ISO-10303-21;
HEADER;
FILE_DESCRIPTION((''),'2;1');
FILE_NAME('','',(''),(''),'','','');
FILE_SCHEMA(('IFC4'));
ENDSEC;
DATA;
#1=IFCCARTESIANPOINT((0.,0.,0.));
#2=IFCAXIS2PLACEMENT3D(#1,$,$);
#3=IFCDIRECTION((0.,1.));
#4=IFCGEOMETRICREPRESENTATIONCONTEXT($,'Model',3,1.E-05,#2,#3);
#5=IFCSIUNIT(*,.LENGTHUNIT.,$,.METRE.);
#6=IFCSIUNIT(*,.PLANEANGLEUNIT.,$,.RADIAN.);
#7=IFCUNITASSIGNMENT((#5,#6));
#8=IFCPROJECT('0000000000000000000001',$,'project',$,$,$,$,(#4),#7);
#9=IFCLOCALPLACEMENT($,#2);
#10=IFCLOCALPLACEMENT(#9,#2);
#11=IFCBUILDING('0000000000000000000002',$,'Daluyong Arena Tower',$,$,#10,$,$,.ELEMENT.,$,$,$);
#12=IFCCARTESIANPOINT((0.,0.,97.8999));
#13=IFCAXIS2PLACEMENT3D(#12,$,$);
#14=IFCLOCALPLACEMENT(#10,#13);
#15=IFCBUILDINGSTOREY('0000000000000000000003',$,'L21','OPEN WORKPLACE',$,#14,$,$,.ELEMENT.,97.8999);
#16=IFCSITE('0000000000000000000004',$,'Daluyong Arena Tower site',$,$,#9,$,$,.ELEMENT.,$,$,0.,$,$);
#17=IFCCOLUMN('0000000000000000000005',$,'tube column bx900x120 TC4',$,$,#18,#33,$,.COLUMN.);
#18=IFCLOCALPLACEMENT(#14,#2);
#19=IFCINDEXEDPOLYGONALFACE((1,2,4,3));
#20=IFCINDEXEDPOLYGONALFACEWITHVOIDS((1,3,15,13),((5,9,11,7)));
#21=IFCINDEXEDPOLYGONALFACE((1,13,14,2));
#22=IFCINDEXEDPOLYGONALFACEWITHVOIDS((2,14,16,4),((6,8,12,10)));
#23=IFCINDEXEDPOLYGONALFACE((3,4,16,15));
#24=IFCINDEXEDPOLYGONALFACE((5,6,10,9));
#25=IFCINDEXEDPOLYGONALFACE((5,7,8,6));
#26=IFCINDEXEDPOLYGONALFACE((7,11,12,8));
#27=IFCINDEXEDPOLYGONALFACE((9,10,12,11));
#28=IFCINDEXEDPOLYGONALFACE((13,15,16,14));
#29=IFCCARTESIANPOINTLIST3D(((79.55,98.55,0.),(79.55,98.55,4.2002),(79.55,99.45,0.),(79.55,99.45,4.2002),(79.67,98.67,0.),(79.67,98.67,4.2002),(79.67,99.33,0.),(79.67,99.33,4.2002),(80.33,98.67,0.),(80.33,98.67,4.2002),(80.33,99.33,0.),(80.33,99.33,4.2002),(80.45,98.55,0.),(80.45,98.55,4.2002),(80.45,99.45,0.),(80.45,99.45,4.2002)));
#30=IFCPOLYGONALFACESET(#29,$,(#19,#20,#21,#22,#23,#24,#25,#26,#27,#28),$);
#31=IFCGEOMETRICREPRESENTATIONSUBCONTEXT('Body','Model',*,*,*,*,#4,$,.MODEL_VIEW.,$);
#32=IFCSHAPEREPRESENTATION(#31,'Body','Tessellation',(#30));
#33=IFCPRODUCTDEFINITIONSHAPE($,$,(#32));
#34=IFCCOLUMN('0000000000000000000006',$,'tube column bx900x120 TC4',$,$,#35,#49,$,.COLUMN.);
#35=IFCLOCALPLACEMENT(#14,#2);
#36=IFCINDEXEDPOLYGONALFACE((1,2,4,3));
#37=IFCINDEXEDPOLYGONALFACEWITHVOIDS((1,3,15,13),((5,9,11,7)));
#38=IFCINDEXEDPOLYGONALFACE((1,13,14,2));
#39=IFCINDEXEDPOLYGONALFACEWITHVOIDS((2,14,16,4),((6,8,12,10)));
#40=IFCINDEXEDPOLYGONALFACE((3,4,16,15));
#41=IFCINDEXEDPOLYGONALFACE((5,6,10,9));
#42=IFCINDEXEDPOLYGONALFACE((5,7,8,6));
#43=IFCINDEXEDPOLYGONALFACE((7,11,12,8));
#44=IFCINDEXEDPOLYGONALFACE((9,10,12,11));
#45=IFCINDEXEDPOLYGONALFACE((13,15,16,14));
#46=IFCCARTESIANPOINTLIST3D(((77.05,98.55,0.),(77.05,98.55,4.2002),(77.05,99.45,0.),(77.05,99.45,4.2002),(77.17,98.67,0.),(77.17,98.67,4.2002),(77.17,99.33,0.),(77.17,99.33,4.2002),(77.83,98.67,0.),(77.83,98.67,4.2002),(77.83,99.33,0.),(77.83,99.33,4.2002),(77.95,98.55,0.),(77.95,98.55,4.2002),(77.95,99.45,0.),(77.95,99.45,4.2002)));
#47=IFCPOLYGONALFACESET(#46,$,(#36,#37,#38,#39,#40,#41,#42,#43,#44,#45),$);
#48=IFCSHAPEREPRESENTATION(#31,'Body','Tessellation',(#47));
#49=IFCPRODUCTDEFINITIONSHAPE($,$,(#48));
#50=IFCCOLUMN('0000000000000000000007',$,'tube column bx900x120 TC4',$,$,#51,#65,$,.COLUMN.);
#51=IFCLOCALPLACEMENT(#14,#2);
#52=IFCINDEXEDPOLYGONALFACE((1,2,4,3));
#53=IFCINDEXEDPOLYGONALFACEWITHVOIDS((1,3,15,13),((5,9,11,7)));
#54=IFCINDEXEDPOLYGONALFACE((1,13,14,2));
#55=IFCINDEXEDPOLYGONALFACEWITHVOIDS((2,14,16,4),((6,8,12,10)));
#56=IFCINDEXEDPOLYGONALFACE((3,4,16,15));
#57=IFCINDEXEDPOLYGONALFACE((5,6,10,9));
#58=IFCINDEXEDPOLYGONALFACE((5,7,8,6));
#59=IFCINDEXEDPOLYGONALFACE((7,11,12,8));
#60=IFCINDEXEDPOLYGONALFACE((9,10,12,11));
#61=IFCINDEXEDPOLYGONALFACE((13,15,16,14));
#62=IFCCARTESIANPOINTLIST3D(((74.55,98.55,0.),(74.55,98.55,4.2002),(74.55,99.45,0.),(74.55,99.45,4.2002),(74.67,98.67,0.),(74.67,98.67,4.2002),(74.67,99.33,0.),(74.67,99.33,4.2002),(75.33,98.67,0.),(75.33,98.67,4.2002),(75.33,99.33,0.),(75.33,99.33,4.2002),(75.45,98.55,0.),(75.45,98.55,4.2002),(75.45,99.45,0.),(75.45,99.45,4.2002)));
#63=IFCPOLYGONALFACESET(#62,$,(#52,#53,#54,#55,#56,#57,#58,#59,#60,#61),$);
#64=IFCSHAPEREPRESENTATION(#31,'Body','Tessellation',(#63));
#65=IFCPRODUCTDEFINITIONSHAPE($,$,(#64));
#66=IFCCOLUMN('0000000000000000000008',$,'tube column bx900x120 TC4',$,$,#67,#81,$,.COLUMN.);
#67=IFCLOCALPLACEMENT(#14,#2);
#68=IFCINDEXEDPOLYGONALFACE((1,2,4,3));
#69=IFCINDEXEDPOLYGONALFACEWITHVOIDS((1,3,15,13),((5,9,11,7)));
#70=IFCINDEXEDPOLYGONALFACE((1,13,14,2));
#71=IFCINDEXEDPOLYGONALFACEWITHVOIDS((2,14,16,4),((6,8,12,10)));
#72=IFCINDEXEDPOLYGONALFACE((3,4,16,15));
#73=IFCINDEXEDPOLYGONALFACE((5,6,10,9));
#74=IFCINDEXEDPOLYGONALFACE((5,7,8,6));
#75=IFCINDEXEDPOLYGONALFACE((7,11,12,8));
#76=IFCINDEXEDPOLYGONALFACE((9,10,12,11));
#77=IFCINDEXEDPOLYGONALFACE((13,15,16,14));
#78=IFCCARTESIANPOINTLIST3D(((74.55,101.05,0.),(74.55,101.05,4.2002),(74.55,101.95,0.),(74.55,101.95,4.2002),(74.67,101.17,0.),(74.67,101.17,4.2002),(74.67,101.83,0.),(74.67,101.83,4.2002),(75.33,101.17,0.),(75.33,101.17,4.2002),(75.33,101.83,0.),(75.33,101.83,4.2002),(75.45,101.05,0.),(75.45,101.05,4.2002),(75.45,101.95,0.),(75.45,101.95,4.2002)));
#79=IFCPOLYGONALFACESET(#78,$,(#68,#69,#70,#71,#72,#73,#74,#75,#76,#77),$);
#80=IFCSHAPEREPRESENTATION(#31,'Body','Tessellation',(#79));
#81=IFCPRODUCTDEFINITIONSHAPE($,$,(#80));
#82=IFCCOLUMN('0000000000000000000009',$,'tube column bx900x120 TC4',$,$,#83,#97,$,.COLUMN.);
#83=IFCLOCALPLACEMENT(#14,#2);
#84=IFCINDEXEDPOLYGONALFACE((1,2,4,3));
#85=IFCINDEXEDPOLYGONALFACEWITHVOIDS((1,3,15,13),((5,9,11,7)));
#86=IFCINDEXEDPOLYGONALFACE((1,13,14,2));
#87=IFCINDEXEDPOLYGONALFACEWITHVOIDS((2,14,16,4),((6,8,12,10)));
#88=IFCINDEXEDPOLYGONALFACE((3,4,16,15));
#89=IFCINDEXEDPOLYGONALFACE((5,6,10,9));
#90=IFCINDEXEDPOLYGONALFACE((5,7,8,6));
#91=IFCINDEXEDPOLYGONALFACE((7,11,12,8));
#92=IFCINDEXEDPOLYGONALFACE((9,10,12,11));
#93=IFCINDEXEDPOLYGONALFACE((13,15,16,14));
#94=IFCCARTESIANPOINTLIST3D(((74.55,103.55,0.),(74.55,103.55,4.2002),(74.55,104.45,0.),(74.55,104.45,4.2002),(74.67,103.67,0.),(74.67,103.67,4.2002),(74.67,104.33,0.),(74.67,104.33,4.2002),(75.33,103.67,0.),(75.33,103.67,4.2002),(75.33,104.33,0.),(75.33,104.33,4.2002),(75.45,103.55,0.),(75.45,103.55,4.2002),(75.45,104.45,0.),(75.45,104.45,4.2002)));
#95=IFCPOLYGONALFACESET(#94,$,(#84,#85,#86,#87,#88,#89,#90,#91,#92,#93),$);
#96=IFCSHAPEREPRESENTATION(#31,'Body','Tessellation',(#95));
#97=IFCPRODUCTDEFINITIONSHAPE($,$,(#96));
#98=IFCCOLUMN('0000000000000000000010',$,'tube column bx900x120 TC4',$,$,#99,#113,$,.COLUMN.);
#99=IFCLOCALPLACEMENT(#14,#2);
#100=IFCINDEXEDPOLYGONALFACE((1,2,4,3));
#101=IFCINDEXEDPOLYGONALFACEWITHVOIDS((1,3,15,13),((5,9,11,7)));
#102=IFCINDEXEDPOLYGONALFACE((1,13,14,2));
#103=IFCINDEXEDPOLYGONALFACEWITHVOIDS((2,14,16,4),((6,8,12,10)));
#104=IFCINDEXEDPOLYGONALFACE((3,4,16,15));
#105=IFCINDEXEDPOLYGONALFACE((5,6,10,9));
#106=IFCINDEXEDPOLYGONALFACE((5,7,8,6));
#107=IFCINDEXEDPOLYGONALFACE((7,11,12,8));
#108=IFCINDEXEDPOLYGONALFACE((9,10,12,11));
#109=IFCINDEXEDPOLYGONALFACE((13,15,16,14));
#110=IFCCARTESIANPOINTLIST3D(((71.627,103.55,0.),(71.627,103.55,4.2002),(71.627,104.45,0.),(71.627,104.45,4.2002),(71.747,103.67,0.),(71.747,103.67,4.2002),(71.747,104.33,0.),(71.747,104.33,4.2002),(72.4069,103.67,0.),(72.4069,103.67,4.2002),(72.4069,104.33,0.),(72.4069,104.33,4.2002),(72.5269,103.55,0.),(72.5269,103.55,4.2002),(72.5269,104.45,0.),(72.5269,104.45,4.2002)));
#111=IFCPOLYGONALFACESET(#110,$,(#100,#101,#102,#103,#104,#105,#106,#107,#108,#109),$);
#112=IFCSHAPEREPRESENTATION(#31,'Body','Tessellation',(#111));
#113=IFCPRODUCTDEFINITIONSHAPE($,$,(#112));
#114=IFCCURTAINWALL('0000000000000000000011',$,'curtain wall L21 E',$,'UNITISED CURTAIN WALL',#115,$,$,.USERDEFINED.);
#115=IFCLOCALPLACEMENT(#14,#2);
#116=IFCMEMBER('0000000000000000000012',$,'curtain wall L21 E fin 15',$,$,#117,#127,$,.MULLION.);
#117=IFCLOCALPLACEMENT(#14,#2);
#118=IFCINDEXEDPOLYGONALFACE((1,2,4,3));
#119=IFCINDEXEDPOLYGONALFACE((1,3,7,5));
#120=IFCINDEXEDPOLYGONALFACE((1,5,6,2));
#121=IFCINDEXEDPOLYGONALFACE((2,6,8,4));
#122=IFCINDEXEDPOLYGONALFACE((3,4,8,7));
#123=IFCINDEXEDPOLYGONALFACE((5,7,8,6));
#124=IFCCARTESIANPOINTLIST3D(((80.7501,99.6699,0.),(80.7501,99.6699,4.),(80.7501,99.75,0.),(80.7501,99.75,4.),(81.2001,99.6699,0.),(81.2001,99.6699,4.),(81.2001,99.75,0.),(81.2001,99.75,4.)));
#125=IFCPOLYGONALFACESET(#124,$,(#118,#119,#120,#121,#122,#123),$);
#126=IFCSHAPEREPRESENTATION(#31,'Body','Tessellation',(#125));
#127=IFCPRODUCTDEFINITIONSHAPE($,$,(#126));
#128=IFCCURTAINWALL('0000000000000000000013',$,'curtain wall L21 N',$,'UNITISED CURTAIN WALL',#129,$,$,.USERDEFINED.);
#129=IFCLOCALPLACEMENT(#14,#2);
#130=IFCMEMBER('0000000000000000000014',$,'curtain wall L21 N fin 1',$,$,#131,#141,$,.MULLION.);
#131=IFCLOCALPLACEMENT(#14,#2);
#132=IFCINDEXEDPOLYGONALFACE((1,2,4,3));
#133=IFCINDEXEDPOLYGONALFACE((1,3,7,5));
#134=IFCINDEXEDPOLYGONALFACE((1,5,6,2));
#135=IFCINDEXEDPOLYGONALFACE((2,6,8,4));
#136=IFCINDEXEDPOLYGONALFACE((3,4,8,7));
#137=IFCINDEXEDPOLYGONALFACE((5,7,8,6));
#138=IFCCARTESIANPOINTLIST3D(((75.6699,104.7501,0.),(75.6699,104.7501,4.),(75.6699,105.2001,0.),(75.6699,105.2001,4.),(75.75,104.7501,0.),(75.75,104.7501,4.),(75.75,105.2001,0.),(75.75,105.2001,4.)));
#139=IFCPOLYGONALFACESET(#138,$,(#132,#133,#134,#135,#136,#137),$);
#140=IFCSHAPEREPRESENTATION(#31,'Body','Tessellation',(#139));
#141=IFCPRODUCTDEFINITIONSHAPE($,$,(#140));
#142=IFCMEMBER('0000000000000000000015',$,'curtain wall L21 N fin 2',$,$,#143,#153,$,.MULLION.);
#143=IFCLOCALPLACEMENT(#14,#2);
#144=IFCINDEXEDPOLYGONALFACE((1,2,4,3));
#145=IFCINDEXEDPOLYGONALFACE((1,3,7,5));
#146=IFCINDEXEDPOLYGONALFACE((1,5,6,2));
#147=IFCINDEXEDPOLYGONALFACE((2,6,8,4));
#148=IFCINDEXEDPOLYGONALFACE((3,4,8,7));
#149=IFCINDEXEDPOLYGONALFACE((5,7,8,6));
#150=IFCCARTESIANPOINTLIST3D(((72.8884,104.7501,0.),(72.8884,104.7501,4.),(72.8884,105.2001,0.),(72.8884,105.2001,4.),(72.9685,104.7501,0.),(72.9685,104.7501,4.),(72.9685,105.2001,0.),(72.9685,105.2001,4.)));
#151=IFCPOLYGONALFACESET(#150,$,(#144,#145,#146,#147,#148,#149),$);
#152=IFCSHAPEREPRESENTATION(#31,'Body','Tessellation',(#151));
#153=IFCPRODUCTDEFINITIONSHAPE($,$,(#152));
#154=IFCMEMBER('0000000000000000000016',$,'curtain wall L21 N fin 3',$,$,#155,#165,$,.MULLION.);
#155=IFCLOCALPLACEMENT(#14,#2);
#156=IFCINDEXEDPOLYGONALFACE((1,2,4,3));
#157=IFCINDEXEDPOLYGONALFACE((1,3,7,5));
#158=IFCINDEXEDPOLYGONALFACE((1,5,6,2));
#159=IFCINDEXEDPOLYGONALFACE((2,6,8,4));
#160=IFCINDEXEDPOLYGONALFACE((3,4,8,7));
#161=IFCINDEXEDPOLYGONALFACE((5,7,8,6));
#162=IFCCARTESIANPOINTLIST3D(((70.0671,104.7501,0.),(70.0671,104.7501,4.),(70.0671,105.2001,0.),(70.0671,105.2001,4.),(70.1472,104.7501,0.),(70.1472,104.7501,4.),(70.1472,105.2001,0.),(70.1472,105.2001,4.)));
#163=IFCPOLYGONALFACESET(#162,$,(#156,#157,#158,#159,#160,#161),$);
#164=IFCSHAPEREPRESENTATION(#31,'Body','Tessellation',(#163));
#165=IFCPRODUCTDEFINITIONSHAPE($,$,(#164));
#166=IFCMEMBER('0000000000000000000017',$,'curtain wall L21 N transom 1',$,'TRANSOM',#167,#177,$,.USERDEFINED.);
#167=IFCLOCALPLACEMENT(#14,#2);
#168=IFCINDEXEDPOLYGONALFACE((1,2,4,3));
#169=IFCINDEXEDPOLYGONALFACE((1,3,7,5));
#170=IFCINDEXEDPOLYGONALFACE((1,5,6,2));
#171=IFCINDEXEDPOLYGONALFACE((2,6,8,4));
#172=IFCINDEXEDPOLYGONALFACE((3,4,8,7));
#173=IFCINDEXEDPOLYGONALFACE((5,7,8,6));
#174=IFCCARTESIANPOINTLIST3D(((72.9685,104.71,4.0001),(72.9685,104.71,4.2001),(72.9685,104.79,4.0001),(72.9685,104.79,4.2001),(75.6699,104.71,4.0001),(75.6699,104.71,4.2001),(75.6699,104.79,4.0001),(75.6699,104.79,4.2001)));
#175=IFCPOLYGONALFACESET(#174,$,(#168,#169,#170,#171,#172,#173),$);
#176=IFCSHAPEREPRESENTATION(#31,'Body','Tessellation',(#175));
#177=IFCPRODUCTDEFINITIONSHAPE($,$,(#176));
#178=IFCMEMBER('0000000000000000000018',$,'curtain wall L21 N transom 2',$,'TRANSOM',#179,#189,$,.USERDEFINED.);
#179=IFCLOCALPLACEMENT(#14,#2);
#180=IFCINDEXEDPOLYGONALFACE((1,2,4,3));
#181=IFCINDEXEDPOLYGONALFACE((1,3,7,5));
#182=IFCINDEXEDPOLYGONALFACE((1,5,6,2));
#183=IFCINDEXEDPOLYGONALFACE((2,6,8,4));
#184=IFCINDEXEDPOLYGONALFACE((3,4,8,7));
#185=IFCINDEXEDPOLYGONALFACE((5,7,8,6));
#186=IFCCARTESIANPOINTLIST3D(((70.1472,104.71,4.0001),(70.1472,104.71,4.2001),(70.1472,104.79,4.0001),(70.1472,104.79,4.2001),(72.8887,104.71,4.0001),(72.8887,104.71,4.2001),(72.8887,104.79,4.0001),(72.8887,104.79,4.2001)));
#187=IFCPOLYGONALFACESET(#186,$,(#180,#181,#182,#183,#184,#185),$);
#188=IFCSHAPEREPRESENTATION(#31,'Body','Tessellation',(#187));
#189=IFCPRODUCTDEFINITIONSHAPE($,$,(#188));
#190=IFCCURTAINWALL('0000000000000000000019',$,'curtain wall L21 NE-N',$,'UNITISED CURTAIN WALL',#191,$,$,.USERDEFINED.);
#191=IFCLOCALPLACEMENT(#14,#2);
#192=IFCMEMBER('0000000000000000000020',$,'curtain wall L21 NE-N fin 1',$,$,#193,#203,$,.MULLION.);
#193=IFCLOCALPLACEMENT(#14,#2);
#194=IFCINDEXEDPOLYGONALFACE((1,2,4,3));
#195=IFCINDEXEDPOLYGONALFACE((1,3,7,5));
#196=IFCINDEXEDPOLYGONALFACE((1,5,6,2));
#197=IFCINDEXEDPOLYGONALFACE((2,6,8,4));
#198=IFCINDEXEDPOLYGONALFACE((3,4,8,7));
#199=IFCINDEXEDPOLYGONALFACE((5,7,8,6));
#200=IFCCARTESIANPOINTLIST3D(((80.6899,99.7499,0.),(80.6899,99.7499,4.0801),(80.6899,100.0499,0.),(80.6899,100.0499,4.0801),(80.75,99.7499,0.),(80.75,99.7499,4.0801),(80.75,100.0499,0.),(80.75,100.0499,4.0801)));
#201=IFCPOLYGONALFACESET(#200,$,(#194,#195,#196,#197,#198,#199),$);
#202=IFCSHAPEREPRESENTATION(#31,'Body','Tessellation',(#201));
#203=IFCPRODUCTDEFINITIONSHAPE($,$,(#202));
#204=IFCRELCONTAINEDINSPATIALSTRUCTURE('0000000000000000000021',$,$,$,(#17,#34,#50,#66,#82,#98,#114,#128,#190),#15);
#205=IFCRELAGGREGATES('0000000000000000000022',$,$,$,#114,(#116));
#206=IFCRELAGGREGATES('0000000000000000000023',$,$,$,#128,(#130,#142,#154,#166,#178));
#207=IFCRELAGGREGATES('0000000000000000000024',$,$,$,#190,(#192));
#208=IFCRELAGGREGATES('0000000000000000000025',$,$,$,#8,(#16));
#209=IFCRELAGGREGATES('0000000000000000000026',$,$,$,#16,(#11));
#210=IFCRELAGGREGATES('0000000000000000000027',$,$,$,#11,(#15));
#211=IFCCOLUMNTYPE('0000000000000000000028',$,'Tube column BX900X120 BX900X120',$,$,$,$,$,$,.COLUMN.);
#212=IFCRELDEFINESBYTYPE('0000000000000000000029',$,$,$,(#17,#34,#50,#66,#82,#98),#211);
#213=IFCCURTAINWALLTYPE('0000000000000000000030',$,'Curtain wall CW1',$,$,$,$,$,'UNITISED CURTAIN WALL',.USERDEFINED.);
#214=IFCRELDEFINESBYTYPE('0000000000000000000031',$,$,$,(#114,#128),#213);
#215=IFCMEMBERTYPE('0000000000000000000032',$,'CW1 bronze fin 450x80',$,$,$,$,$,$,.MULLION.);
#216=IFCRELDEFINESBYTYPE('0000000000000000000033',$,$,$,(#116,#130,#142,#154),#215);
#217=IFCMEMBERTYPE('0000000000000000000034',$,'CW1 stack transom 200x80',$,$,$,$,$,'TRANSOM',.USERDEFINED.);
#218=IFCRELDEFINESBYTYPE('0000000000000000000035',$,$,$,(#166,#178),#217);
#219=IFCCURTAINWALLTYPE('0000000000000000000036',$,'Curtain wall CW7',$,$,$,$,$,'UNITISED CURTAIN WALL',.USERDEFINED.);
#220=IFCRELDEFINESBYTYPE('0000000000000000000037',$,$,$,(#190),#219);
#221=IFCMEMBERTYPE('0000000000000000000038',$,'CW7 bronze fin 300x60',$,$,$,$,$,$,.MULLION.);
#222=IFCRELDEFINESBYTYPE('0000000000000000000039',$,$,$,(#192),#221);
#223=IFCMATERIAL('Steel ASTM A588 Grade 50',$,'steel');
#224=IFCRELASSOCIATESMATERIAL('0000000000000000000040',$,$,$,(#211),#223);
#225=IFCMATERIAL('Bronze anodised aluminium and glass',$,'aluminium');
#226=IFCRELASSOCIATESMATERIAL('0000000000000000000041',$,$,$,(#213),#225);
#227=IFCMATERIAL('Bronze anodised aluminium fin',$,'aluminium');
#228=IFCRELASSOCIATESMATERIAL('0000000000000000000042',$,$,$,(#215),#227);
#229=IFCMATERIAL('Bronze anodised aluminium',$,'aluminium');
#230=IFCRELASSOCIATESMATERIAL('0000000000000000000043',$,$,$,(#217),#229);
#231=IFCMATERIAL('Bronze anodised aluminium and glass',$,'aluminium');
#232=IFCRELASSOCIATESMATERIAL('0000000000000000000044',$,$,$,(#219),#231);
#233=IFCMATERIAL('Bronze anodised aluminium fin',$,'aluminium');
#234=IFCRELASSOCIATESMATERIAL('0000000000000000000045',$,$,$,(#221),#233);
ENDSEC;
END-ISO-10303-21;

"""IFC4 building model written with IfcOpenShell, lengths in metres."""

from ifc_helpers import new_model, si_unit, direction, frame, origin, origin_2d, place, context, subcontext, project, spatial, rectangle, hollow_rectangle, extrude, material, material_profile, profile_set, type_object, element, aggregate, save


model = new_model("IFC4")

# Units and contexts
model_context = context("Model", 3, precision=1e-05, world=origin(), true_north=direction((0.0, 1.0)))
body_context = subcontext(model_context, "Body", "Model", "MODEL_VIEW")
ifc_project = project(units=[si_unit("LENGTHUNIT", "METRE"), si_unit("PLANEANGLEUNIT", "RADIAN")], contexts=[model_context])

# Site, building, storey
site_placement = place(None, origin())
site = spatial("IfcSite", under=ifc_project, at=site_placement, Name="Daluyong Arena Tower site", CompositionType="ELEMENT", RefElevation=0.0)
building_placement = place(site_placement, origin())
building = spatial("IfcBuilding", under=site, at=building_placement, Name="Daluyong Arena Tower", CompositionType="ELEMENT")
storey_placement = place(building_placement, frame((0.0, 0.0, 97.8999)))
storey = spatial("IfcBuildingStorey", under=building, at=storey_placement, Name="L21", Description="OPEN WORKPLACE", CompositionType="ELEMENT", Elevation=97.8999)

# Columns
ifc_material_1 = material(Name="Steel ASTM A588 Grade 50", Category="steel")
ifc_material_profile_1 = material_profile(ifc_material_1, hollow_rectangle(XDim=0.8999, YDim=0.8999, WallThickness=0.12, at=origin_2d()))
ifc_profile_set_1 = profile_set([ifc_material_profile_1], Name="Steel ASTM A588 Grade 50")
column_type = type_object("IfcColumnType", Name="Tube column BX900X120 BX900X120", PredefinedType="COLUMN", material=ifc_profile_set_1)
for number, where, z_axis, x_axis, name in (
    (1, (80.0, 99.0, 0.0), (0.0, 0.0, 1.0), (1.0, 0.0, 0.0), "tube column bx900x120 TC4"),
    (2, (77.5, 99.0, 0.0), (0.0, 0.0, 1.0), (1.0, 0.0, 0.0), "tube column bx900x120 TC4"),
    (3, (75.0, 99.0, 0.0), (0.0, 0.0, 1.0), (0.0, 1.0, 0.0), "tube column bx900x120 TC4"),
    (4, (75.0, 101.5, 0.0), (0.0, 0.0, 1.0), (0.0, 1.0, 0.0), "tube column bx900x120 TC4"),
    (5, (75.0, 104.0, 0.0), (0.0, 0.0, 1.0), (1.0, 0.0, 0.0), "tube column bx900x120 TC4"),
    (6, (72.0769, 104.0, 0.0), (0.0, 0.0, 1.0), (1.0, 0.0, 0.0), "tube column bx900x120 TC4"),
):
    element("IfcColumn", number, at=place(storey_placement, frame(where, z_axis=z_axis, x_axis=x_axis)), inside=storey, type_object=column_type, Name=name, PredefinedType="COLUMN", context=body_context, shape_type="SweptSolid", body=[
        extrude(hollow_rectangle(XDim=0.8999, YDim=0.8999, WallThickness=0.12, at=origin_2d()), origin(), (0.0, 0.0, 1.0), 4.2002),
    ])

# Curtain wall, member
ifc_material_2 = material(Name="Bronze anodised aluminium and glass", Category="aluminium")
curtain_wall_type_1 = type_object("IfcCurtainWallType", Name="Curtain wall CW1", ElementType="UNITISED CURTAIN WALL", PredefinedType="USERDEFINED", material=ifc_material_2)
curtain_wall_1_placement = place(storey_placement, origin())
curtain_wall_1 = element("IfcCurtainWall", 7, at=curtain_wall_1_placement, inside=storey, type_object=curtain_wall_type_1, Name="curtain wall L21 E", ObjectType="UNITISED CURTAIN WALL", PredefinedType="USERDEFINED")
ifc_material_3 = material(Name="Bronze anodised aluminium fin", Category="aluminium")
ifc_material_profile_2 = material_profile(ifc_material_3, rectangle(XDim=0.45, YDim=0.0801, at=origin_2d()))
ifc_profile_set_2 = profile_set([ifc_material_profile_2], Name="Bronze anodised aluminium fin")
member_type_1 = type_object("IfcMemberType", Name="CW1 bronze fin 450x80", PredefinedType="MULLION", material=ifc_profile_set_2)
member_1_placement = place(storey_placement, frame((80.9751, 99.71, 0.0), z_axis=(0.0, 0.0, 1.0), x_axis=(-1.0, 0.0, 0.0)))
member_1 = element("IfcMember", 8, at=member_1_placement, type_object=member_type_1, Name="curtain wall L21 E fin 15", PredefinedType="MULLION", context=body_context, shape_type="SweptSolid", body=[
    extrude(rectangle(XDim=0.45, YDim=0.0801, at=origin_2d()), origin(), (0.0, 0.0, 1.0), 4.0),
])
aggregate(curtain_wall_1, [member_1])

# Curtain walls, members
curtain_wall_2_placement = place(storey_placement, origin())
curtain_wall_2 = element("IfcCurtainWall", 9, at=curtain_wall_2_placement, inside=storey, type_object=curtain_wall_type_1, Name="curtain wall L21 N", ObjectType="UNITISED CURTAIN WALL", PredefinedType="USERDEFINED")
member_2_placement = place(storey_placement, frame((75.71, 104.9751, 0.0), z_axis=(0.0, 0.0, 1.0), x_axis=(0.0, -1.0, 0.0)))
member_2 = element("IfcMember", 10, at=member_2_placement, type_object=member_type_1, Name="curtain wall L21 N fin 1", PredefinedType="MULLION", context=body_context, shape_type="SweptSolid", body=[
    extrude(rectangle(XDim=0.45, YDim=0.0801, at=origin_2d()), origin(), (0.0, 0.0, 1.0), 4.0),
])
member_3_placement = place(storey_placement, frame((72.9285, 104.9751, 0.0), z_axis=(0.0, 0.0, 1.0), x_axis=(0.0, -1.0, 0.0)))
member_3 = element("IfcMember", 11, at=member_3_placement, type_object=member_type_1, Name="curtain wall L21 N fin 2", PredefinedType="MULLION", context=body_context, shape_type="SweptSolid", body=[
    extrude(rectangle(XDim=0.45, YDim=0.0801, at=origin_2d()), origin(), (0.0, 0.0, 1.0), 4.0),
])
member_4_placement = place(storey_placement, frame((70.1072, 104.9751, 0.0), z_axis=(0.0, 0.0, 1.0), x_axis=(0.0, -1.0, 0.0)))
member_4 = element("IfcMember", 12, at=member_4_placement, type_object=member_type_1, Name="curtain wall L21 N fin 3", PredefinedType="MULLION", context=body_context, shape_type="SweptSolid", body=[
    extrude(rectangle(XDim=0.45, YDim=0.0801, at=origin_2d()), origin(), (0.0, 0.0, 1.0), 4.0),
])
ifc_material_4 = material(Name="Bronze anodised aluminium", Category="aluminium")
ifc_material_profile_3 = material_profile(ifc_material_4, rectangle(XDim=0.0801, YDim=0.2, at=origin_2d()))
ifc_profile_set_3 = profile_set([ifc_material_profile_3], Name="Bronze anodised aluminium")
member_type_2 = type_object("IfcMemberType", Name="CW1 stack transom 200x80", ElementType="TRANSOM", PredefinedType="USERDEFINED", material=ifc_profile_set_3)
member_5_placement = place(storey_placement, frame((75.6699, 104.75, 4.1001), z_axis=(-1.0, 0.0, 0.0), x_axis=(0.0, -1.0, 0.0)))
member_5 = element("IfcMember", 13, at=member_5_placement, type_object=member_type_2, Name="curtain wall L21 N transom 1", ObjectType="TRANSOM", PredefinedType="USERDEFINED", context=body_context, shape_type="SweptSolid", body=[
    extrude(rectangle(XDim=0.0801, YDim=0.2, at=origin_2d()), origin(), (0.0, 0.0, 1.0), 2.7014),
])
member_6_placement = place(storey_placement, frame((72.8887, 104.75, 4.1001), z_axis=(-1.0, 0.0, 0.0), x_axis=(0.0, -1.0, 0.0)))
member_6 = element("IfcMember", 14, at=member_6_placement, type_object=member_type_2, Name="curtain wall L21 N transom 2", ObjectType="TRANSOM", PredefinedType="USERDEFINED", context=body_context, shape_type="SweptSolid", body=[
    extrude(rectangle(XDim=0.0801, YDim=0.2, at=origin_2d()), origin(), (0.0, 0.0, 1.0), 2.7415),
])
ifc_material_5 = material(Name="Bronze anodised aluminium and glass", Category="aluminium")
curtain_wall_type_2 = type_object("IfcCurtainWallType", Name="Curtain wall CW7", ElementType="UNITISED CURTAIN WALL", PredefinedType="USERDEFINED", material=ifc_material_5)
curtain_wall_3_placement = place(storey_placement, origin())
curtain_wall_3 = element("IfcCurtainWall", 15, at=curtain_wall_3_placement, inside=storey, type_object=curtain_wall_type_2, Name="curtain wall L21 NE-N", ObjectType="UNITISED CURTAIN WALL", PredefinedType="USERDEFINED")
ifc_material_6 = material(Name="Bronze anodised aluminium fin", Category="aluminium")
ifc_material_profile_4 = material_profile(ifc_material_6, rectangle(XDim=0.3, YDim=0.0601, at=origin_2d()))
ifc_profile_set_4 = profile_set([ifc_material_profile_4], Name="Bronze anodised aluminium fin")
member_type_3 = type_object("IfcMemberType", Name="CW7 bronze fin 300x60", PredefinedType="MULLION", material=ifc_profile_set_4)
member_7_placement = place(storey_placement, frame((80.72, 99.8999, 0.0), z_axis=(0.0, 0.0, 1.0), x_axis=(0.0, -1.0, 0.0)))
member_7 = element("IfcMember", 16, at=member_7_placement, type_object=member_type_3, Name="curtain wall L21 NE-N fin 1", PredefinedType="MULLION", context=body_context, shape_type="SweptSolid", body=[
    extrude(rectangle(XDim=0.3, YDim=0.0601, at=origin_2d()), origin(), (0.0, 0.0, 1.0), 4.0801),
])

aggregate(curtain_wall_2, [member_2, member_3, member_4, member_5, member_6])
aggregate(curtain_wall_3, [member_7])

save(model, "model.ifc")
